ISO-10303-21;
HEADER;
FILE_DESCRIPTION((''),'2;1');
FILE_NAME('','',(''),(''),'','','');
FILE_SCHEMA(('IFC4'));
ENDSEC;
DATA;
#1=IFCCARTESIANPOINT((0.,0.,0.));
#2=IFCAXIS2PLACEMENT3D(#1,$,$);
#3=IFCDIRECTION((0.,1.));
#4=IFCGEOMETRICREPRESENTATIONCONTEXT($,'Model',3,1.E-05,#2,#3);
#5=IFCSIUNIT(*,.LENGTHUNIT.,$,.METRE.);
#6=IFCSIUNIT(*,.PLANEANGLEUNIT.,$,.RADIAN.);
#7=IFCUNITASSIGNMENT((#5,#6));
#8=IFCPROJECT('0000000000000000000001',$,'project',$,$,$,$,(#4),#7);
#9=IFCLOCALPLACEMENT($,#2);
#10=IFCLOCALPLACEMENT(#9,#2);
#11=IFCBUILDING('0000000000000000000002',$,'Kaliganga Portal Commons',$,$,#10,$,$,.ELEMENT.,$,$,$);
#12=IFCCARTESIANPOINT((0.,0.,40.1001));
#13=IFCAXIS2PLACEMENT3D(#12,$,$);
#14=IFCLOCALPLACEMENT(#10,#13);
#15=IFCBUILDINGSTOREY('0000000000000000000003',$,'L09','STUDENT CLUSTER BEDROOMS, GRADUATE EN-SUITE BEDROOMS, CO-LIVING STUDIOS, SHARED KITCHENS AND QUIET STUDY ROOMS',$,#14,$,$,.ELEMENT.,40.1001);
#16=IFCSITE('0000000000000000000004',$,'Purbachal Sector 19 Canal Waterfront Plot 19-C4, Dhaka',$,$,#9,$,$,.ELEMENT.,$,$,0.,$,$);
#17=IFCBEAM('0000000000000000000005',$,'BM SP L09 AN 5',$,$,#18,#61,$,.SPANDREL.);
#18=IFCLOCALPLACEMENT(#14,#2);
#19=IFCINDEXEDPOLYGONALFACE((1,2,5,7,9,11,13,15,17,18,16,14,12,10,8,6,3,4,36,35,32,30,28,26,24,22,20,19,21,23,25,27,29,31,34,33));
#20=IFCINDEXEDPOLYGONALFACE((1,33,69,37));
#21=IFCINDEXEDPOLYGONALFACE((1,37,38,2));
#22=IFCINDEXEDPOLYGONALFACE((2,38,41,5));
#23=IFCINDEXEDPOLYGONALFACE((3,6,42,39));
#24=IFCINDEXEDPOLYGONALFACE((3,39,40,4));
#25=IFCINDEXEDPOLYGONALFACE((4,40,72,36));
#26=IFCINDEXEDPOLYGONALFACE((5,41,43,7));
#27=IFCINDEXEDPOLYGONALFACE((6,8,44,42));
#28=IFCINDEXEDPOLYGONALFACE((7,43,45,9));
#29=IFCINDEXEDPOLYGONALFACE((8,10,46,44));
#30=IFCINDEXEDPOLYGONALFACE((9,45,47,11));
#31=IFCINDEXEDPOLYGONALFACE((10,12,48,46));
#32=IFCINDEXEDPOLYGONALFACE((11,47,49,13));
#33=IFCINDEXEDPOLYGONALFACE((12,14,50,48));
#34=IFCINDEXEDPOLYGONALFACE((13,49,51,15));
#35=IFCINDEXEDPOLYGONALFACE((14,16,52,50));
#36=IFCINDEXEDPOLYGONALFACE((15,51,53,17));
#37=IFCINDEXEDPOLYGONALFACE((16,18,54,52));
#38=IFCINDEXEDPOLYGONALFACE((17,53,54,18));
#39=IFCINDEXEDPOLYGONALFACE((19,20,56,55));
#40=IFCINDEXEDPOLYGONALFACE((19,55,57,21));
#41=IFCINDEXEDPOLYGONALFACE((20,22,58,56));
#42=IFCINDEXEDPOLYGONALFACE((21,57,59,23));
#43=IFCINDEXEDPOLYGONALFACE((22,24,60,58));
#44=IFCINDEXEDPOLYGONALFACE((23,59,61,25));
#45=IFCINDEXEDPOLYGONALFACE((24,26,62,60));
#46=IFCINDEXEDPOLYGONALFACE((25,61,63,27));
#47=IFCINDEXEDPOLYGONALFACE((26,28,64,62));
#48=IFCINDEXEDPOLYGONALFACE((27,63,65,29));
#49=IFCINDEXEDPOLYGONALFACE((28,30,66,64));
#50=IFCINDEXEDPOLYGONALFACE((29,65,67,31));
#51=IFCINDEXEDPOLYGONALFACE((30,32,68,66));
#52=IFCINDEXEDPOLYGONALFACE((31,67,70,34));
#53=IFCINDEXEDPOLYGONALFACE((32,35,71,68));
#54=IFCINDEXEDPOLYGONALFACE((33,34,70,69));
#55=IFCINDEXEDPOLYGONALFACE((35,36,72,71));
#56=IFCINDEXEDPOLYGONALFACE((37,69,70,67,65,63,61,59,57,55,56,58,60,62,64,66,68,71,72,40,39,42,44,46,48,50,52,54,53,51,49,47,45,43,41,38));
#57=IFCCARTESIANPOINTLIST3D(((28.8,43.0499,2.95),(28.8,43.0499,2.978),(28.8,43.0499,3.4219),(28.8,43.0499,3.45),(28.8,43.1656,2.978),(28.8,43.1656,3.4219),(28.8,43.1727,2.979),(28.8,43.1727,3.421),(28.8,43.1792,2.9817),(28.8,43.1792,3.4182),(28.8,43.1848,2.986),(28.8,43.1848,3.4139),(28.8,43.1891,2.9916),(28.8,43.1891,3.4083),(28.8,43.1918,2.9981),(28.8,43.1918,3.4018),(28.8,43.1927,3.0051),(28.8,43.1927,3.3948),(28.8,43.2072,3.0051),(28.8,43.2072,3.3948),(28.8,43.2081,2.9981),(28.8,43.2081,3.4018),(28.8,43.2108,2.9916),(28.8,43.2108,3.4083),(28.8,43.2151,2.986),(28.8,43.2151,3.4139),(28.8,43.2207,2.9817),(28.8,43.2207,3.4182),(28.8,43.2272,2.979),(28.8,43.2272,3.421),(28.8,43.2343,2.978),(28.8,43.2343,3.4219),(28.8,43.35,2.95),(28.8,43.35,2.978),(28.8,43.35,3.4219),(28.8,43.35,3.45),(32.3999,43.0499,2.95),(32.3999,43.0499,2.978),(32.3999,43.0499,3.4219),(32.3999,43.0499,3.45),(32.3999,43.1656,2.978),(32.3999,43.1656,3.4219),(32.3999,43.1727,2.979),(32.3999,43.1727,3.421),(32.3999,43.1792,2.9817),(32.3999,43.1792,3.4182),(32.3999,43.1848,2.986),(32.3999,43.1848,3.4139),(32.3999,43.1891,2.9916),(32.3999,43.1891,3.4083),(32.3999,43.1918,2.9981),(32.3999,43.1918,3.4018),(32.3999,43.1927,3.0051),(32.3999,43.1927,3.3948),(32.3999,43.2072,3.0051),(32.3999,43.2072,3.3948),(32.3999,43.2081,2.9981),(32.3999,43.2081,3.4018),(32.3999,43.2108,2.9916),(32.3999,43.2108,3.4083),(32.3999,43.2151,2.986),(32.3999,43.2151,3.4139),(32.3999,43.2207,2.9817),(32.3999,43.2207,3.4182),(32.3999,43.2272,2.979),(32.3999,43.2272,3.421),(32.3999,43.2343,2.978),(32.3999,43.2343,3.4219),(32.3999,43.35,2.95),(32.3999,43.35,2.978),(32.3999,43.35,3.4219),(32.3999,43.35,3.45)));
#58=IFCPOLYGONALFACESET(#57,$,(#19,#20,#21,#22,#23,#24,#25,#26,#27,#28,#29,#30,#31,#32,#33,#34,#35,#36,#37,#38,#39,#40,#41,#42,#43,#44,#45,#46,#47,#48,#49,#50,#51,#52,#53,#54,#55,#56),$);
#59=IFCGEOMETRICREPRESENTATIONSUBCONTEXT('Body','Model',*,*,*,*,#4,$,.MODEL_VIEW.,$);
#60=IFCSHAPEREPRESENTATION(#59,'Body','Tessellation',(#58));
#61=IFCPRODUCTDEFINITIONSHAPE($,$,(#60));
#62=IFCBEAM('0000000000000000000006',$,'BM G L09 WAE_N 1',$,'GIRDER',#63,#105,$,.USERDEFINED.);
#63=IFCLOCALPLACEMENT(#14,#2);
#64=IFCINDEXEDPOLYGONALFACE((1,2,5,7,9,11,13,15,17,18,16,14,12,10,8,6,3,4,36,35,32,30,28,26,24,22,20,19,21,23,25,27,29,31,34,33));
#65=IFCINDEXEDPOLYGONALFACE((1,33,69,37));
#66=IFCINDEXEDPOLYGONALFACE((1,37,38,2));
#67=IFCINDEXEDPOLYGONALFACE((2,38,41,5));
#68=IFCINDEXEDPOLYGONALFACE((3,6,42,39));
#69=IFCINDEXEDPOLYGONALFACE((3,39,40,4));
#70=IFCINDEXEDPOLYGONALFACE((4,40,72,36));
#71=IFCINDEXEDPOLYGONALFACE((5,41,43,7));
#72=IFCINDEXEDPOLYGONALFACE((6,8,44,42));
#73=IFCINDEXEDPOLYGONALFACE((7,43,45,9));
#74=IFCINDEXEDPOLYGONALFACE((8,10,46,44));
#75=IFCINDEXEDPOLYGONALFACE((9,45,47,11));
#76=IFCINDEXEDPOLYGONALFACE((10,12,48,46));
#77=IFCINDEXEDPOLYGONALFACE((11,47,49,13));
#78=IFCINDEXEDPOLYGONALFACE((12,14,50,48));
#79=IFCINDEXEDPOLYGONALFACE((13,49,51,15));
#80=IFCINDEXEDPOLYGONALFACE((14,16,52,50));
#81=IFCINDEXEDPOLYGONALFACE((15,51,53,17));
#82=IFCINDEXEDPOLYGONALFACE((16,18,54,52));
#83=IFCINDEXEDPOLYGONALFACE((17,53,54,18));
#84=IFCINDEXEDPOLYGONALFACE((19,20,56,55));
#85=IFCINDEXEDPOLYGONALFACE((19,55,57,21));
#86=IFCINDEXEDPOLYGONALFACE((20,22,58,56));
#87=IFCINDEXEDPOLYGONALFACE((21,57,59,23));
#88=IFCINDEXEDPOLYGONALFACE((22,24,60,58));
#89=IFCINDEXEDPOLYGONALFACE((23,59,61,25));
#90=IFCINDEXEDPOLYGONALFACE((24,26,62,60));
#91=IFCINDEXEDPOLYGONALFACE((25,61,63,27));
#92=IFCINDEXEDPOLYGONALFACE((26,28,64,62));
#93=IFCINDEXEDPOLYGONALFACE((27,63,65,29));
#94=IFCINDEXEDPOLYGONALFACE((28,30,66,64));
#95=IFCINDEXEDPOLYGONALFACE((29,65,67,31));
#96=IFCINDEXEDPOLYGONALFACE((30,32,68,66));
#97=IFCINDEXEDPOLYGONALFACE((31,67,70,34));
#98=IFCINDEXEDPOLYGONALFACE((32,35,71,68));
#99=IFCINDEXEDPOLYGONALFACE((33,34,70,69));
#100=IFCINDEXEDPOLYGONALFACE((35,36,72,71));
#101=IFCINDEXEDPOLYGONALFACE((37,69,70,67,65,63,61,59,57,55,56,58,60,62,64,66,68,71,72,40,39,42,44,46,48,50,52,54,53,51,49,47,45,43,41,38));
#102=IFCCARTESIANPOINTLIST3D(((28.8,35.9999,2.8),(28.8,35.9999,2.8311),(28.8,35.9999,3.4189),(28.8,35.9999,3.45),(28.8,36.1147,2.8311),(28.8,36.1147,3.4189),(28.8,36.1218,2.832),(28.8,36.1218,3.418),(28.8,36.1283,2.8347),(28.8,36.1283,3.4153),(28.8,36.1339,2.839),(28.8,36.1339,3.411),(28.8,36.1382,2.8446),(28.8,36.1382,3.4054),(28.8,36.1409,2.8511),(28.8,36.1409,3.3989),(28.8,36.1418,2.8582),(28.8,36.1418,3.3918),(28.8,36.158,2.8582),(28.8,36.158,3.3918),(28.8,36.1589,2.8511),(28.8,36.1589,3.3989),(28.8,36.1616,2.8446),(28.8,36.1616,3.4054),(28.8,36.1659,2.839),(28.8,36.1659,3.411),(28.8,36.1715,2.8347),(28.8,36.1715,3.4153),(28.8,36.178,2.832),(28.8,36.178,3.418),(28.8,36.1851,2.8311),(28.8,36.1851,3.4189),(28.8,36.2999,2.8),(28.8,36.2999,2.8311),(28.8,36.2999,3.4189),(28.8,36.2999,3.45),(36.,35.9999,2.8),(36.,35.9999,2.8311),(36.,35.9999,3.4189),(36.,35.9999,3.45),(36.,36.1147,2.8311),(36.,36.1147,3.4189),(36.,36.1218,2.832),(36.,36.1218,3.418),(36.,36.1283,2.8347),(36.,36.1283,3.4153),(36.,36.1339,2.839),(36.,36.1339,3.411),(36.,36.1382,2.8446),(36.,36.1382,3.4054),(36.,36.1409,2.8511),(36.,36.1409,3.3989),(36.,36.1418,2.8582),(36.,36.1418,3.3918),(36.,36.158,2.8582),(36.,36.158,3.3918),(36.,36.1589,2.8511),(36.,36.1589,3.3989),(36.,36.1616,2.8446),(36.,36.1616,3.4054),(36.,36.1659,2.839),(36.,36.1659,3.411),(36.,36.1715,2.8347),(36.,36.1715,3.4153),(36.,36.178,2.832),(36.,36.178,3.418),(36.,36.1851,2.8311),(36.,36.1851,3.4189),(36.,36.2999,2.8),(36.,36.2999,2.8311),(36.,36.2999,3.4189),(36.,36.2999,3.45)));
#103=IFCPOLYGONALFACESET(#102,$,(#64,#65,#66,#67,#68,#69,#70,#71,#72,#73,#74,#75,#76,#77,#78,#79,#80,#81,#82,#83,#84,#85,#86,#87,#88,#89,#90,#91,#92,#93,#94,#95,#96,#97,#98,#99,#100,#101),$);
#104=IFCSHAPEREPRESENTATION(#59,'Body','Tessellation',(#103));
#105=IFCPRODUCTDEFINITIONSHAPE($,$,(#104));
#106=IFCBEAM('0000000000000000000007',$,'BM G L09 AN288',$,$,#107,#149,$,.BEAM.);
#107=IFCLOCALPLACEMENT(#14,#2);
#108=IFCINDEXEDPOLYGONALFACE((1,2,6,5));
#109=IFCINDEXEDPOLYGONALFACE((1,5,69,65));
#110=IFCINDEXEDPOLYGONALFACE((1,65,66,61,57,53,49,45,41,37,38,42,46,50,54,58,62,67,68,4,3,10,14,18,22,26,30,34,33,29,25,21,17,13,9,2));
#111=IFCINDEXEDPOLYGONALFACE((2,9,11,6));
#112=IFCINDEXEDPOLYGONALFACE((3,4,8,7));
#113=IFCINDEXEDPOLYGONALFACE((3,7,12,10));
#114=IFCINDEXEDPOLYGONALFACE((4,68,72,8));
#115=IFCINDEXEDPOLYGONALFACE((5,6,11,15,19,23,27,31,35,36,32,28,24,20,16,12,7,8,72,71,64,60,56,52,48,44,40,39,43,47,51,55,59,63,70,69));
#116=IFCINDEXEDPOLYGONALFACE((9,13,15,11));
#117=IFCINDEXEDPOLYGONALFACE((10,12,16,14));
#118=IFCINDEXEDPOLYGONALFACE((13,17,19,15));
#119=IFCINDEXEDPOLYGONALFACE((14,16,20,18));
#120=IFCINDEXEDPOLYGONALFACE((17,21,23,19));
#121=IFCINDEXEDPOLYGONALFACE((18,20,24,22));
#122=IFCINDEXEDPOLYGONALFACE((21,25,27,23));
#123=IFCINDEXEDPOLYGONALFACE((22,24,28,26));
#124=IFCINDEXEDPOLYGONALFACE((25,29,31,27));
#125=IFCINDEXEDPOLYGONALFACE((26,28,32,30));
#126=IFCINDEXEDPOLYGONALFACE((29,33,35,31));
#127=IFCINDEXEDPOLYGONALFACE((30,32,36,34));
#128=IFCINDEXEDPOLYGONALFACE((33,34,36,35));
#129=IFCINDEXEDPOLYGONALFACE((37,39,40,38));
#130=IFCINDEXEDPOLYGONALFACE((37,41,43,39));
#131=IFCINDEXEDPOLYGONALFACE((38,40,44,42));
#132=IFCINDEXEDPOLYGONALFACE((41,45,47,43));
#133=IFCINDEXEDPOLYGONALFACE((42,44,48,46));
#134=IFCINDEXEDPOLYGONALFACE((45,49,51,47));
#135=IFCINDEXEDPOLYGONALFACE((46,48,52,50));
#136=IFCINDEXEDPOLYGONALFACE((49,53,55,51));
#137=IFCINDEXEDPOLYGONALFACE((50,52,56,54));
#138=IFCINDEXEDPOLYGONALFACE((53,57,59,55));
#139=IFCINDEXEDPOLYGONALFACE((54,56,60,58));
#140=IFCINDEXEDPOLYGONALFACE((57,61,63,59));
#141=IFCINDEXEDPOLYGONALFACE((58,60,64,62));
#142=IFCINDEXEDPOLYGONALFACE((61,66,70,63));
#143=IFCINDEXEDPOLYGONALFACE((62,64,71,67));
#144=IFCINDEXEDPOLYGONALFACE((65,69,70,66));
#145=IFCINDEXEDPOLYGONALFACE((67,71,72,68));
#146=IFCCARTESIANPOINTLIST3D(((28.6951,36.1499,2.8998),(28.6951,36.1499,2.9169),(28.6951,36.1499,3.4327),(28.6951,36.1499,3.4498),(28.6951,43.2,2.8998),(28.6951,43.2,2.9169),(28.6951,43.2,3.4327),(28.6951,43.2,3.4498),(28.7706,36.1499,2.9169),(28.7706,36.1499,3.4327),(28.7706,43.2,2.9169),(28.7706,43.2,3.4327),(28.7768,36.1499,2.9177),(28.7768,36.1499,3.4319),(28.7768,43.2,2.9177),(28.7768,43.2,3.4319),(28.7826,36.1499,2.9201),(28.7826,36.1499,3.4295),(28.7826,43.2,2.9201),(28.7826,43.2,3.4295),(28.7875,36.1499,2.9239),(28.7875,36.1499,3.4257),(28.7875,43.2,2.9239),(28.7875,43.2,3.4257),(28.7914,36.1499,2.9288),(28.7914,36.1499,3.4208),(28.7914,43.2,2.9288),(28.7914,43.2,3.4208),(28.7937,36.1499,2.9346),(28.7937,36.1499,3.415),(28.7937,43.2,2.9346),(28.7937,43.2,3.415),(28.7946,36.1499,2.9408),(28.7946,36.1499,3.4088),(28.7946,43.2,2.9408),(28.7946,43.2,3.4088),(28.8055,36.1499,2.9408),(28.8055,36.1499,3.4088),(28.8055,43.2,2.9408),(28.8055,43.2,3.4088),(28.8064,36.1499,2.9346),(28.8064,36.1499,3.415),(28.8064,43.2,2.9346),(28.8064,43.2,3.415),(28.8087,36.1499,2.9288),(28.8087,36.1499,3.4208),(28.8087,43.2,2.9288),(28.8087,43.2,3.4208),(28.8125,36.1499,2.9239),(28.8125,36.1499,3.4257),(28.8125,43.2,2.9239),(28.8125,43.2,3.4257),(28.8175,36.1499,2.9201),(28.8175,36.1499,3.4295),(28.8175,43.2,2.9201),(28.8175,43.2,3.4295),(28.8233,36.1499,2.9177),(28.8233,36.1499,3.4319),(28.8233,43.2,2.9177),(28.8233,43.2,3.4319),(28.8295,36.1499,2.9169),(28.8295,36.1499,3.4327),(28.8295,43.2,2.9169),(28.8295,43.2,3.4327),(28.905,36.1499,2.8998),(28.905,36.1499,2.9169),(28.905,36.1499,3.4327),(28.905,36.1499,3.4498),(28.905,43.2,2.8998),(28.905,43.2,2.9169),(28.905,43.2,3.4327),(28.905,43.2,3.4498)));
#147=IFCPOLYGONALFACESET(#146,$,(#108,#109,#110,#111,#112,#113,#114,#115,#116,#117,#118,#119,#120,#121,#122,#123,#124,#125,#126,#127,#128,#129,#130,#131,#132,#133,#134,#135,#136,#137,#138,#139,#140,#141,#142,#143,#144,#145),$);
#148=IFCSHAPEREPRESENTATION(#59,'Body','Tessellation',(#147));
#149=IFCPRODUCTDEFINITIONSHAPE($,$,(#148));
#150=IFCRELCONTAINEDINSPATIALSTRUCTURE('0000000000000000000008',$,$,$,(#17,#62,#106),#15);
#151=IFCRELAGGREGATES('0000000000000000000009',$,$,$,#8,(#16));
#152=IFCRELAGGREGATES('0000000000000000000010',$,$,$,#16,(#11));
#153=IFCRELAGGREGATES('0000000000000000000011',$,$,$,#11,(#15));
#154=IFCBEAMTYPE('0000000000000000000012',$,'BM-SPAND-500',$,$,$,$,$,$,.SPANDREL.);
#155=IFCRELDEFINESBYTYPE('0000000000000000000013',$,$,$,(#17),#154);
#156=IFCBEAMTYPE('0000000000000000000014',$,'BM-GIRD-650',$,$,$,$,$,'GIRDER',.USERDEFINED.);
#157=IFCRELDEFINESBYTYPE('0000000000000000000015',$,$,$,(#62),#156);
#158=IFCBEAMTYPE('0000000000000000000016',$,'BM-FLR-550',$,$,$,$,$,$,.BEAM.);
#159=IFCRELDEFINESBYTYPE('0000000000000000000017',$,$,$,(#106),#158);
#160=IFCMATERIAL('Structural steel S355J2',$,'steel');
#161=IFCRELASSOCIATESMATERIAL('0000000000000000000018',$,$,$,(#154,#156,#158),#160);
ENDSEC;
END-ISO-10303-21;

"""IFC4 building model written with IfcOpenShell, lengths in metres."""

from ifc_helpers import new_model, si_unit, direction, frame, origin, origin_2d, place, context, subcontext, project, spatial, i_section, extrude, source, transform, mapped, material, material_profile, profile_set, type_object, element, save


model = new_model("IFC4")

# Units and contexts
model_context = context("Model", 3, precision=1e-05, world=origin(), true_north=direction((0.0, 1.0)))
body_context = subcontext(model_context, "Body", "Model", "MODEL_VIEW")
ifc_project = project(units=[si_unit("LENGTHUNIT", "METRE"), si_unit("PLANEANGLEUNIT", "RADIAN")], contexts=[model_context])

# Site, building, storey
site_placement = place(None, origin())
site = spatial("IfcSite", under=ifc_project, at=site_placement, Name="Purbachal Sector 19 Canal Waterfront Plot 19-C4, Dhaka", CompositionType="ELEMENT", RefElevation=0.0)
building_placement = place(site_placement, origin())
building = spatial("IfcBuilding", under=site, at=building_placement, Name="Kaliganga Portal Commons", CompositionType="ELEMENT")
storey_placement = place(building_placement, frame((0.0, 0.0, 40.1001)))
storey = spatial("IfcBuildingStorey", under=building, at=storey_placement, Name="L09", Description="STUDENT CLUSTER BEDROOMS, GRADUATE EN-SUITE BEDROOMS, CO-LIVING STUDIOS, SHARED KITCHENS AND QUIET STUDY ROOMS", CompositionType="ELEMENT", Elevation=40.1001)

# Beams
ifc_material_1 = material(Name="Structural steel S355J2", Category="steel")
ifc_material_profile_1 = material_profile(ifc_material_1, i_section(OverallWidth=0.3, OverallDepth=0.5, WebThickness=0.0144, FlangeThickness=0.0281, FilletRadius=0.0271, at=origin_2d()), Name="HE 500 B")
ifc_profile_set_1 = profile_set([ifc_material_profile_1], Name="Structural steel S355J2 wide-flange")
beam_type_1 = type_object("IfcBeamType", Name="BM-SPAND-500", PredefinedType="SPANDREL", material=ifc_profile_set_1)
shared_shape_1 = source(origin(), body_context, "Body", "SweptSolid", [
    extrude(i_section(OverallWidth=0.3, OverallDepth=0.5, WebThickness=0.0144, FlangeThickness=0.0281, FilletRadius=0.0271, at=origin_2d()), origin(), (0.0, 0.0, 1.0), 3.5999),
])
for number, where, z_axis, x_axis, name in (
    (1, (28.8, 43.2, 3.2), (1.0, 0.0, 0.0), (0.0, 1.0, 0.0), "BM SP L09 AN 5"),
):
    element("IfcBeam", number, at=place(storey_placement, frame(where, z_axis=z_axis, x_axis=x_axis)), inside=storey, type_object=beam_type_1, Name=name, PredefinedType="SPANDREL", context=body_context, shape_type="MappedRepresentation", body=[
        mapped(shared_shape_1, transform((0.0, 0.0, 0.0), x_axis=(1.0, 0.0, 0.0), y_axis=(0.0, 1.0, 0.0), z_axis=(0.0, 0.0, 1.0), scale=1.0)),
    ])
ifc_material_profile_2 = material_profile(ifc_material_1, i_section(OverallWidth=0.3, OverallDepth=0.6499, WebThickness=0.0161, FlangeThickness=0.031, FilletRadius=0.0271, at=origin_2d()), Name="HE 650 B")
ifc_profile_set_2 = profile_set([ifc_material_profile_2], Name="Structural steel S355J2 wide-flange")
beam_type_2 = type_object("IfcBeamType", Name="BM-GIRD-650", ElementType="GIRDER", PredefinedType="USERDEFINED", material=ifc_profile_set_2)
shared_shape_2 = source(origin(), body_context, "Body", "SweptSolid", [
    extrude(i_section(OverallWidth=0.3, OverallDepth=0.6499, WebThickness=0.0161, FlangeThickness=0.031, FilletRadius=0.0271, at=origin_2d()), origin(), (0.0, 0.0, 1.0), 7.2),
])
beam_1_placement = place(storey_placement, frame((28.8, 36.1499, 3.125), z_axis=(1.0, 0.0, 0.0), x_axis=(0.0, 1.0, 0.0)))
element("IfcBeam", 2, at=beam_1_placement, inside=storey, type_object=beam_type_2, Name="BM G L09 WAE_N 1", ObjectType="GIRDER", PredefinedType="USERDEFINED", context=body_context, shape_type="MappedRepresentation", body=[
    mapped(shared_shape_2, transform((0.0, 0.0, 0.0), x_axis=(1.0, 0.0, 0.0), y_axis=(0.0, 1.0, 0.0), z_axis=(0.0, 0.0, 1.0), scale=1.0)),
])
ifc_material_profile_3 = material_profile(ifc_material_1, i_section(OverallWidth=0.21, OverallDepth=0.55, WebThickness=0.011, FlangeThickness=0.0171, FilletRadius=0.0239, at=origin_2d()), Name="IPE 550")
ifc_profile_set_3 = profile_set([ifc_material_profile_3], Name="Structural steel S355J2 wide-flange")
beam_type_3 = type_object("IfcBeamType", Name="BM-FLR-550", PredefinedType="BEAM", material=ifc_profile_set_3)
shared_shape_3 = source(origin(), body_context, "Body", "SweptSolid", [
    extrude(i_section(OverallWidth=0.21, OverallDepth=0.55, WebThickness=0.011, FlangeThickness=0.0171, FilletRadius=0.0239, at=origin_2d()), origin(), (0.0, 0.0, 1.0), 7.05),
])
beam_2_placement = place(storey_placement, frame((28.8, 36.1499, 3.1748), z_axis=(0.0, 1.0, 0.0), x_axis=(-1.0, 0.0, 0.0)))
element("IfcBeam", 3, at=beam_2_placement, inside=storey, type_object=beam_type_3, Name="BM G L09 AN288", PredefinedType="BEAM", context=body_context, shape_type="MappedRepresentation", body=[
    mapped(shared_shape_3, transform((0.0, 0.0, 0.0), x_axis=(1.0, 0.0, 0.0), y_axis=(0.0, 1.0, 0.0), z_axis=(0.0, 0.0, 1.0), scale=1.0)),
])

save(model, "model.ifc")
